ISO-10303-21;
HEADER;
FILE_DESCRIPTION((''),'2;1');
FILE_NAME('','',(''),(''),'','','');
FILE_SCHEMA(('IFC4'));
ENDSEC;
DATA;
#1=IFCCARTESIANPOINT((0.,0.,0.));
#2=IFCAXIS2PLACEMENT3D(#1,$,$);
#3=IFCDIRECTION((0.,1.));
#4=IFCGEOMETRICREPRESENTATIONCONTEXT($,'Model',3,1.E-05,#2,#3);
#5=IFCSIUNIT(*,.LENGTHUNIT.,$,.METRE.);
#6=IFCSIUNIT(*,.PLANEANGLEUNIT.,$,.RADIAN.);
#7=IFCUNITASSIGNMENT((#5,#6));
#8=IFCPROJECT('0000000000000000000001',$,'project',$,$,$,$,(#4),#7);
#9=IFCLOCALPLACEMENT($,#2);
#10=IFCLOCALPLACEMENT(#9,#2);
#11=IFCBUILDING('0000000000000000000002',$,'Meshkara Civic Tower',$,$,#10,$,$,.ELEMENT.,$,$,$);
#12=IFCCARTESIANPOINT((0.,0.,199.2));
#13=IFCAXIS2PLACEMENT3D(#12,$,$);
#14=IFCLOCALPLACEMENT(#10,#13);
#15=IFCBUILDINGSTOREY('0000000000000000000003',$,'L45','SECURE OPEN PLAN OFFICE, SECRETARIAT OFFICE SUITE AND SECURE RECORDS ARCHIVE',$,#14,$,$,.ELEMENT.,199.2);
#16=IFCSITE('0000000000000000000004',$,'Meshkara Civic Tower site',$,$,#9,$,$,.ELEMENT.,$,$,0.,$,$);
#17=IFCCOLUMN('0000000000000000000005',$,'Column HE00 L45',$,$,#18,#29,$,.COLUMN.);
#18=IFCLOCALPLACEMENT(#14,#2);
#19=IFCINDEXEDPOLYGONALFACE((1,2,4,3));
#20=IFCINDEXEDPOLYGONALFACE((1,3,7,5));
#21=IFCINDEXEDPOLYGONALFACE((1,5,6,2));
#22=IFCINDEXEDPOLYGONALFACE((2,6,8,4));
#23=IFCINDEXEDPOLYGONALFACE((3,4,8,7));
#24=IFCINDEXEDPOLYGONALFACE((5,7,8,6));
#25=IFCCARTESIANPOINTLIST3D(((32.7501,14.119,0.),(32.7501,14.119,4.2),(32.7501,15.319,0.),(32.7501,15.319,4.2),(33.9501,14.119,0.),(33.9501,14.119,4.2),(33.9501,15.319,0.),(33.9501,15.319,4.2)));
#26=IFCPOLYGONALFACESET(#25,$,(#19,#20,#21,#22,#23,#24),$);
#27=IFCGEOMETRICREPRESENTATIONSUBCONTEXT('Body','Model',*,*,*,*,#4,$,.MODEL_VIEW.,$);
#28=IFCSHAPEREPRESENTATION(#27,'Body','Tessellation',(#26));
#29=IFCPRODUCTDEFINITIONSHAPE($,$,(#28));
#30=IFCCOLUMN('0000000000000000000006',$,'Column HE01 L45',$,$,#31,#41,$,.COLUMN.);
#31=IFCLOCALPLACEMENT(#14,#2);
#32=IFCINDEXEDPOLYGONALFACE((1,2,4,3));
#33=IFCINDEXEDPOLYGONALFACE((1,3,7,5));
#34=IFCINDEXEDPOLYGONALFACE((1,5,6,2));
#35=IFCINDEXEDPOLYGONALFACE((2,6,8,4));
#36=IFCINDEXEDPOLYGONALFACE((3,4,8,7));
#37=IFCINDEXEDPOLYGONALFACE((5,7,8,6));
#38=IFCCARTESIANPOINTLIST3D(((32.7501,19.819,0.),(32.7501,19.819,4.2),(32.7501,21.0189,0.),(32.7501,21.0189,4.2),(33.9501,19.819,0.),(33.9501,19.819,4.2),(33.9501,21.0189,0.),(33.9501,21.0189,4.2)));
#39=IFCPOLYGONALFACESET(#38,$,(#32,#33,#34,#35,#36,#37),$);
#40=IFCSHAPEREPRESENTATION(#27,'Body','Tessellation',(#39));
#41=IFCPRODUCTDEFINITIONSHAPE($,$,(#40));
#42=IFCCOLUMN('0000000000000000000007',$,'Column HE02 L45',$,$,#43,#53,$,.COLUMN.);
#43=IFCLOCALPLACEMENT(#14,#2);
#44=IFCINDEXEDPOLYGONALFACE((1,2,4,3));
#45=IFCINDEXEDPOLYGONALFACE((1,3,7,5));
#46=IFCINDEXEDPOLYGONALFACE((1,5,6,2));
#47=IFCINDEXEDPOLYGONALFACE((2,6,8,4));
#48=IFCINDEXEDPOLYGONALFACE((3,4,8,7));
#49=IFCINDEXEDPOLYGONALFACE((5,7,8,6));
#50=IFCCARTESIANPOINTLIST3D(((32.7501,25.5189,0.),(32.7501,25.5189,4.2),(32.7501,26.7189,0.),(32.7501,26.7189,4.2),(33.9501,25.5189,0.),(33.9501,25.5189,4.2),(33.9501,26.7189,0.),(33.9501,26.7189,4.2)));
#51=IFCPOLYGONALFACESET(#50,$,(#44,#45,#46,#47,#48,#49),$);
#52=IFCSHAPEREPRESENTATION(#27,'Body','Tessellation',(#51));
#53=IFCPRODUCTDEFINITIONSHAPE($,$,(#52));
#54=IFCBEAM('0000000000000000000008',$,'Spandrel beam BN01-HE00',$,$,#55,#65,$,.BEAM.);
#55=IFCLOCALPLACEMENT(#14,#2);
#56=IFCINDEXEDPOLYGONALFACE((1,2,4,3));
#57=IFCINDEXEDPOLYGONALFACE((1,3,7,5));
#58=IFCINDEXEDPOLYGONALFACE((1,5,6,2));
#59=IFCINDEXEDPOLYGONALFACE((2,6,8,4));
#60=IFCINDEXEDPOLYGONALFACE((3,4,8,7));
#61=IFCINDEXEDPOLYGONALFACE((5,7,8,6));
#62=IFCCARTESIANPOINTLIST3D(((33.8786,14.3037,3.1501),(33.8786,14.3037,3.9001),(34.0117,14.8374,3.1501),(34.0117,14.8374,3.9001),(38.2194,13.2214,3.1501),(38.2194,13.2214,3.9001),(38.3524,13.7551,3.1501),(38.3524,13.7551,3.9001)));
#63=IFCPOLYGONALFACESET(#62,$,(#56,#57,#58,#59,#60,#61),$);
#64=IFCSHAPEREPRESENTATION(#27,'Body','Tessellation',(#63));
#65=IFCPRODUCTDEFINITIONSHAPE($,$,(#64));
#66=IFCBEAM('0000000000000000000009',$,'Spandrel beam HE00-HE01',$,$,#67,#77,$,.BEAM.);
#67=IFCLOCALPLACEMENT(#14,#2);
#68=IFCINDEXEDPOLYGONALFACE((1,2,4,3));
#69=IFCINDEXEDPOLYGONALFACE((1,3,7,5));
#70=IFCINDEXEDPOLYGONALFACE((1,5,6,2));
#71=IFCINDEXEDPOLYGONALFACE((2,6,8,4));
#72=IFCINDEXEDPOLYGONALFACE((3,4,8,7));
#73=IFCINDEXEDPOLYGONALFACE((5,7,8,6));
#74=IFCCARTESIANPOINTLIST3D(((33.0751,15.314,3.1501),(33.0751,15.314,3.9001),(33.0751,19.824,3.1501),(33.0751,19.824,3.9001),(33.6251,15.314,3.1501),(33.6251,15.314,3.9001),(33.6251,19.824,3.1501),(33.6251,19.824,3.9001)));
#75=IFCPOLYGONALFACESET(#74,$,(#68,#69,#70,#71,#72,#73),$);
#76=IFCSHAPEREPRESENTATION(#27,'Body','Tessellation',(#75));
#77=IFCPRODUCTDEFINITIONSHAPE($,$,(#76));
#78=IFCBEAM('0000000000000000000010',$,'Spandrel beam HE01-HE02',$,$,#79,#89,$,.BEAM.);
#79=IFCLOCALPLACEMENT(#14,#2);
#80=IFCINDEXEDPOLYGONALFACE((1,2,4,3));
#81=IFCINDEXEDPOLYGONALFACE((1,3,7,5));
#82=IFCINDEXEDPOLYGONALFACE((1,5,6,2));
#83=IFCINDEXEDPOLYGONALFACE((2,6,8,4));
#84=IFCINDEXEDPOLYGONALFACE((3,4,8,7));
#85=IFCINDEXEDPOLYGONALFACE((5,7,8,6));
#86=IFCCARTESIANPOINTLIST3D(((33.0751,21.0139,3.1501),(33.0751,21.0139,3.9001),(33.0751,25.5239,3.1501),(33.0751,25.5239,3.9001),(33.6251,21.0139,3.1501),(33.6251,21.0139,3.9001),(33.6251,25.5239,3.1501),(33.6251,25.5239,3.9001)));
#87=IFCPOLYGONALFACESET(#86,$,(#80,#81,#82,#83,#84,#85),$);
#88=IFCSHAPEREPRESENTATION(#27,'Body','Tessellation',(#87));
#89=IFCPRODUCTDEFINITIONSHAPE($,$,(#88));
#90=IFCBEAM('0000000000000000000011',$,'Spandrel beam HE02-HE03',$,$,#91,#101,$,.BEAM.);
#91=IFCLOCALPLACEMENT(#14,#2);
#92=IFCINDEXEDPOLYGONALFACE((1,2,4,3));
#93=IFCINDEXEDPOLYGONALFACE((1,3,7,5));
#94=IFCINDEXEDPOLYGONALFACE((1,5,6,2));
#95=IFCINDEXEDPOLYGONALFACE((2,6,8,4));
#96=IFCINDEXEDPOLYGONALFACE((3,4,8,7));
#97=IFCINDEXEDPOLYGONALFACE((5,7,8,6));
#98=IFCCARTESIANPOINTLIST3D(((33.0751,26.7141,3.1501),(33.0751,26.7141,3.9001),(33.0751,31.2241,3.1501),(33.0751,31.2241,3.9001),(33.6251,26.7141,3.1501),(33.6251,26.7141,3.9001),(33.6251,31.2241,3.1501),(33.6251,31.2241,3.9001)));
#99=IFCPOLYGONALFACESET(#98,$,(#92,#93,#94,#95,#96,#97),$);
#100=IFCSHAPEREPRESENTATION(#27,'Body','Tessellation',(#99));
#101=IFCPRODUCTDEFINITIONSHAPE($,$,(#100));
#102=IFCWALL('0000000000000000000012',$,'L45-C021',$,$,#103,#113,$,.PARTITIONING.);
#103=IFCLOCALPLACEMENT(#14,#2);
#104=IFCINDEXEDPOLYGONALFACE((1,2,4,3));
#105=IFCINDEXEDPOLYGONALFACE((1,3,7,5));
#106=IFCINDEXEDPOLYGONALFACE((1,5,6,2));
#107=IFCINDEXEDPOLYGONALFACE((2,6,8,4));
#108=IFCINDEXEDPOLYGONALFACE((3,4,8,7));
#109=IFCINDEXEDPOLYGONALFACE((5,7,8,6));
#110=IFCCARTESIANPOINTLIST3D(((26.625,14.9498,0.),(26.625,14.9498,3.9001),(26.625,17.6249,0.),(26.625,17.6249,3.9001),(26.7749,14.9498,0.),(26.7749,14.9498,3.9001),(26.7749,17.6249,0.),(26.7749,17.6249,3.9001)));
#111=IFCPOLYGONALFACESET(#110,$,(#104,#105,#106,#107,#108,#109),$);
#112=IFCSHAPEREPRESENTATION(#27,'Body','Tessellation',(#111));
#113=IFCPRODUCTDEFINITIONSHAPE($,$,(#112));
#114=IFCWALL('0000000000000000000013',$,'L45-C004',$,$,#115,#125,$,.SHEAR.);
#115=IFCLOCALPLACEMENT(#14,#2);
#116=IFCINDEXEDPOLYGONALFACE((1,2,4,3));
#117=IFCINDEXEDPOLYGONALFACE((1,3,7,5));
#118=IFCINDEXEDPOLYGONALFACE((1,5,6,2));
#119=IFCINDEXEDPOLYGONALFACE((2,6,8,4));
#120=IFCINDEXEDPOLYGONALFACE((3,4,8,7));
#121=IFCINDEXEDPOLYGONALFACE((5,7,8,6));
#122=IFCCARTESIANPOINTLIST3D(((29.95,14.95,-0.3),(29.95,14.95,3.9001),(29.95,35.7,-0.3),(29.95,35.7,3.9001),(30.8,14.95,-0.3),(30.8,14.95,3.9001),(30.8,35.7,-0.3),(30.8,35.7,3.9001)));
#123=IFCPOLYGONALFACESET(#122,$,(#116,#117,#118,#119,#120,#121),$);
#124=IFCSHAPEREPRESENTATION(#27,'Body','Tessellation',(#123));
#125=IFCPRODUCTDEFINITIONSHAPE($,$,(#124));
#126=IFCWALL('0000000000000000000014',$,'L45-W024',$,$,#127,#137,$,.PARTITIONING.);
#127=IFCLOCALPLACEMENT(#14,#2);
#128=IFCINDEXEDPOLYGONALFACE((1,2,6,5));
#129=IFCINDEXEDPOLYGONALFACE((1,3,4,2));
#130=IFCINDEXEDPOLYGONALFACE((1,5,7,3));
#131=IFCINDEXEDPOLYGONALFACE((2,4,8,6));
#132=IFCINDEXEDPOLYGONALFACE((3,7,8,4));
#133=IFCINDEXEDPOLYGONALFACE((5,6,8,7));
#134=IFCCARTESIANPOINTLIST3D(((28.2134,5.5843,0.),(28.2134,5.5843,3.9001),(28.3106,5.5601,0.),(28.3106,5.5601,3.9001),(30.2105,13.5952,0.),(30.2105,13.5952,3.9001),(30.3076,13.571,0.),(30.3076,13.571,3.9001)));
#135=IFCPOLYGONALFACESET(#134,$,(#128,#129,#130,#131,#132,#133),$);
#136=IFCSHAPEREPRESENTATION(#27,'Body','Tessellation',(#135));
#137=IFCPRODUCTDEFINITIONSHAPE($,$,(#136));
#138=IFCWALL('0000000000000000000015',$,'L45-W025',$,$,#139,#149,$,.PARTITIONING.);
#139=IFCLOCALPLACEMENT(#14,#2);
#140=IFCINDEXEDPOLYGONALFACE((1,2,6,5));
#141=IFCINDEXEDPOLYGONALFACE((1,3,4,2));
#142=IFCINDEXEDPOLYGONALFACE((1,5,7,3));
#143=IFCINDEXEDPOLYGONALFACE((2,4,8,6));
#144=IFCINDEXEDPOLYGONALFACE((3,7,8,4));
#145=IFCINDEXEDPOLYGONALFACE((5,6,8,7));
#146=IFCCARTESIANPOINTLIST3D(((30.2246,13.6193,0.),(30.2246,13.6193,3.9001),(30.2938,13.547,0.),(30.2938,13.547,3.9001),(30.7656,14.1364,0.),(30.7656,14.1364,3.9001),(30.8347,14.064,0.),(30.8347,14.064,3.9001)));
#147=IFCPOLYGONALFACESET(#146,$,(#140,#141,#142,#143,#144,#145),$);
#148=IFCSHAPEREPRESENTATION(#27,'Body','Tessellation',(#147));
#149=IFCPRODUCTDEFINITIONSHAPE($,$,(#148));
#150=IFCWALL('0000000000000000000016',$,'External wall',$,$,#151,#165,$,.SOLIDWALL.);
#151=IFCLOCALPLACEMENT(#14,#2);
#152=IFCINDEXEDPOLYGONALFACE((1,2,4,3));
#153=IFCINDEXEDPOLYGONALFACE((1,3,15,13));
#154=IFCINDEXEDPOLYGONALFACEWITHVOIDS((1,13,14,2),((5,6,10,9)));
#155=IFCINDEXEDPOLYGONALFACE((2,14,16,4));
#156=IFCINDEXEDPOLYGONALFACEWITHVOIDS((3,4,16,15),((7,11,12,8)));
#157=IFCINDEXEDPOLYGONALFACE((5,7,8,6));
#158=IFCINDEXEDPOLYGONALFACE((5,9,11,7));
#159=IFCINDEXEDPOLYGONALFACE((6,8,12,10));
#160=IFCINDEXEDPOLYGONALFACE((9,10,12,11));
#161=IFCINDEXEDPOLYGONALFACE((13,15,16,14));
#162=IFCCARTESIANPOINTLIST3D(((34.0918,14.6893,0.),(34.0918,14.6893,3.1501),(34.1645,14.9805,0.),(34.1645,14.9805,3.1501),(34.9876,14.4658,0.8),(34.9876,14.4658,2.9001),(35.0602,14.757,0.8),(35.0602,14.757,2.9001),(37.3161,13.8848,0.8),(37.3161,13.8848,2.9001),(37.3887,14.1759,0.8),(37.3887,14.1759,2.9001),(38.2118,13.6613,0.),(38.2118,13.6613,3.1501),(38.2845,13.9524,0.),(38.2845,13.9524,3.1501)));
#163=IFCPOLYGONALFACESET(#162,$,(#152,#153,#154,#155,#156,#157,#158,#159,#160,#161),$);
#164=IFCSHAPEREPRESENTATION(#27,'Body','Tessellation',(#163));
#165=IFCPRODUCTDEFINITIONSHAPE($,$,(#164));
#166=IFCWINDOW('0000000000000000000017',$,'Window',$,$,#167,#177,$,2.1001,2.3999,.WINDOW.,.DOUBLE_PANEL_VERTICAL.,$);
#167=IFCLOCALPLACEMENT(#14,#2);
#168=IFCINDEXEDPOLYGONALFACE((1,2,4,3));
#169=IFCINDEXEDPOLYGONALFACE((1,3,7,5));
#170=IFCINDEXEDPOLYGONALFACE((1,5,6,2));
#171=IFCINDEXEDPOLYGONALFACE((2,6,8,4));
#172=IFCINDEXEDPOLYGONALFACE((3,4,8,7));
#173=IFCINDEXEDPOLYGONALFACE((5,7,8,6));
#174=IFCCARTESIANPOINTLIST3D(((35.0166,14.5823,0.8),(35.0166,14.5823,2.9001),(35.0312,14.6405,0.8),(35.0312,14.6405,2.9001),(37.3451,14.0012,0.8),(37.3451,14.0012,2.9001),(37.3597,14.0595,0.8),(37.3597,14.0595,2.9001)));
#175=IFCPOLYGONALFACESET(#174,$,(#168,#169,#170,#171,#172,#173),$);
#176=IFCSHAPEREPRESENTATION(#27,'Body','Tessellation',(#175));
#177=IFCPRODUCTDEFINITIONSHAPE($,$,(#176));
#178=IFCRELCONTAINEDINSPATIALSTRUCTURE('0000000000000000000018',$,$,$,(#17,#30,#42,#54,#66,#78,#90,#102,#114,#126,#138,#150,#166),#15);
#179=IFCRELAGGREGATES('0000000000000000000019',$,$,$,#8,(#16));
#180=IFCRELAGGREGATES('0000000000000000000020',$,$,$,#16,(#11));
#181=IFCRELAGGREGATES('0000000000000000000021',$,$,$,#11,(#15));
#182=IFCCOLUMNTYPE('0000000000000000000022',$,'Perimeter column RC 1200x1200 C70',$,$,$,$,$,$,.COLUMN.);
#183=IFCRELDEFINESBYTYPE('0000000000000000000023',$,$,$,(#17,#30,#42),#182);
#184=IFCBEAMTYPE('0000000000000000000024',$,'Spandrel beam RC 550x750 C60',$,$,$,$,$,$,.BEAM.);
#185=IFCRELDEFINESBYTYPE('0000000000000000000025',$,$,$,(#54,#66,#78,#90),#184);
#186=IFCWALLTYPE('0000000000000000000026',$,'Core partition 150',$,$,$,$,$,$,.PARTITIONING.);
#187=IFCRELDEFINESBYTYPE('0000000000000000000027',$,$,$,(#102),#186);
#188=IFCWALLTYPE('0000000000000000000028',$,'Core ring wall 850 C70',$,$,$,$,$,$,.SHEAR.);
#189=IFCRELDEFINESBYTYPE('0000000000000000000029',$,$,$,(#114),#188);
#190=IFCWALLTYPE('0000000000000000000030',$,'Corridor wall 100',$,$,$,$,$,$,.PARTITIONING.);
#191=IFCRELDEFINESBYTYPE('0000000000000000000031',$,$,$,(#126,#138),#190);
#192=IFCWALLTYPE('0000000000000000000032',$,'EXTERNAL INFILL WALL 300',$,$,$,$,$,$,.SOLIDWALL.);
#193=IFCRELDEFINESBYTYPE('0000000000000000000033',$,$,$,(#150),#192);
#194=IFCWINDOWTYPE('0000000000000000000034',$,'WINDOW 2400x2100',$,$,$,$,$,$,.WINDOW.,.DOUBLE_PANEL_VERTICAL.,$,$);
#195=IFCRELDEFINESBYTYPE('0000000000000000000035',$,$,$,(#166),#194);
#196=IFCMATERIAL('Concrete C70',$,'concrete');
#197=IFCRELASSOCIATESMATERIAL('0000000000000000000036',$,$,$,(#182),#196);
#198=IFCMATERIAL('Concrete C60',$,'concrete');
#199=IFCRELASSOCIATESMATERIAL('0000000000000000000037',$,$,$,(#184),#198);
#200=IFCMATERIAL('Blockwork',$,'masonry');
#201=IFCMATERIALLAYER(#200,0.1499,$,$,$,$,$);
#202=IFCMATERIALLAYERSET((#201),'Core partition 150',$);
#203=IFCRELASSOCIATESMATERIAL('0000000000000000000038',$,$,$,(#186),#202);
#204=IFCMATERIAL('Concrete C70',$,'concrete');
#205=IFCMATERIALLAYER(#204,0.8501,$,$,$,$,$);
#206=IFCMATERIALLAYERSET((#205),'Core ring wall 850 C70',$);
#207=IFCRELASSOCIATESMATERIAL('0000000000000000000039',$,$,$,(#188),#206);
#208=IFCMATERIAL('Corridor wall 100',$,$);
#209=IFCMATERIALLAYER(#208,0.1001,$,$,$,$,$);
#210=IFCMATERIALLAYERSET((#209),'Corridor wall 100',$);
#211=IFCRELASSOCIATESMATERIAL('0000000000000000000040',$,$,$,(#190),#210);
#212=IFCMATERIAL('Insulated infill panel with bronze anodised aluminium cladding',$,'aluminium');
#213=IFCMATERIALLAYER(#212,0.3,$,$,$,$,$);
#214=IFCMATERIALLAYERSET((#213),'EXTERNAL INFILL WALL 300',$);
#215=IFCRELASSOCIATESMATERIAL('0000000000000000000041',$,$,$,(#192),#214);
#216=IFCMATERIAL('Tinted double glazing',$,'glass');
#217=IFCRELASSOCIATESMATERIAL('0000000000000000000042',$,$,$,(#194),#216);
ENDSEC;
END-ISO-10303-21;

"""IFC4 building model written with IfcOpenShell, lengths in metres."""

from ifc_helpers import new_model, si_unit, direction, frame, frame_2d, origin, origin_2d, place, context, subcontext, project, spatial, rectangle, extrude, material, layer, layer_set, material_profile, profile_set, type_object, element, fill, save


model = new_model("IFC4")

# Units and contexts
model_context = context("Model", 3, precision=1e-05, world=origin(), true_north=direction((0.0, 1.0)))
body_context = subcontext(model_context, "Body", "Model", "MODEL_VIEW")
ifc_project = project(units=[si_unit("LENGTHUNIT", "METRE"), si_unit("PLANEANGLEUNIT", "RADIAN")], contexts=[model_context])

# Site, building, storey
site_placement = place(None, origin())
site = spatial("IfcSite", under=ifc_project, at=site_placement, Name="Meshkara Civic Tower site", CompositionType="ELEMENT", RefElevation=0.0)
building_placement = place(site_placement, origin())
building = spatial("IfcBuilding", under=site, at=building_placement, Name="Meshkara Civic Tower", CompositionType="ELEMENT")
storey_placement = place(building_placement, frame((0.0, 0.0, 199.2)))
storey = spatial("IfcBuildingStorey", under=building, at=storey_placement, Name="L45", Description="SECURE OPEN PLAN OFFICE, SECRETARIAT OFFICE SUITE AND SECURE RECORDS ARCHIVE", CompositionType="ELEMENT", Elevation=199.2)

# Columns
ifc_material_1 = material(Name="Concrete C70", Category="concrete")
ifc_material_profile_1 = material_profile(ifc_material_1, rectangle(XDim=1.2, YDim=1.2, at=origin_2d()))
ifc_profile_set_1 = profile_set([ifc_material_profile_1], Name="Concrete C70")
column_type = type_object("IfcColumnType", Name="Perimeter column RC 1200x1200 C70", PredefinedType="COLUMN", material=ifc_profile_set_1)
for number, where, z_axis, x_axis, name in (
    (1, (33.3501, 14.719, 0.0), (0.0, 0.0, 1.0), (1.0, 0.0, 0.0), "Column HE00 L45"),
    (2, (33.3501, 20.4189, 0.0), (0.0, 0.0, 1.0), (1.0, 0.0, 0.0), "Column HE01 L45"),
    (3, (33.3501, 26.1189, 0.0), (0.0, 0.0, 1.0), (1.0, 0.0, 0.0), "Column HE02 L45"),
):
    element("IfcColumn", number, at=place(storey_placement, frame(where, z_axis=z_axis, x_axis=x_axis)), inside=storey, type_object=column_type, Name=name, PredefinedType="COLUMN", context=body_context, shape_type="SweptSolid", body=[
        extrude(rectangle(XDim=1.2, YDim=1.2, at=origin_2d()), origin(), (0.0, 0.0, 1.0), 4.2),
    ])

# Beams
ifc_material_2 = material(Name="Concrete C60", Category="concrete")
ifc_material_profile_2 = material_profile(ifc_material_2, rectangle(XDim=0.55, YDim=0.75, at=origin_2d()))
ifc_profile_set_2 = profile_set([ifc_material_profile_2], Name="Concrete C60")
beam_type = type_object("IfcBeamType", Name="Spandrel beam RC 550x750 C60", PredefinedType="BEAM", material=ifc_profile_set_2)
beam_placement = place(storey_placement, frame((38.2859, 13.4883, 3.5251), z_axis=(-0.970296, 0.241919, 0.0), x_axis=(-0.241919, -0.970296, 0.0)))
element("IfcBeam", 4, at=beam_placement, inside=storey, type_object=beam_type, Name="Spandrel beam BN01-HE00", PredefinedType="BEAM", context=body_context, shape_type="SweptSolid", body=[
    extrude(rectangle(XDim=0.55, YDim=0.75, at=origin_2d()), origin(), (0.0, 0.0, 1.0), 4.4736),
])
for number, where, z_axis, x_axis, name in (
    (5, (33.3501, 15.314, 3.5251), (0.0, 1.0, 0.0), (-1.0, 0.0, 0.0), "Spandrel beam HE00-HE01"),
    (6, (33.3501, 21.0139, 3.5251), (0.0, 1.0, 0.0), (-1.0, 0.0, 0.0), "Spandrel beam HE01-HE02"),
    (7, (33.3501, 26.7141, 3.5251), (0.0, 1.0, 0.0), (-1.0, 0.0, 0.0), "Spandrel beam HE02-HE03"),
):
    element("IfcBeam", number, at=place(storey_placement, frame(where, z_axis=z_axis, x_axis=x_axis)), inside=storey, type_object=beam_type, Name=name, PredefinedType="BEAM", context=body_context, shape_type="SweptSolid", body=[
        extrude(rectangle(XDim=0.55, YDim=0.75, at=origin_2d()), origin(), (0.0, 0.0, 1.0), 4.51),
    ])

# Walls
ifc_material_3 = material(Name="Blockwork", Category="masonry")
ifc_layer_1 = layer(ifc_material_3, 0.1499)
ifc_layer_set_1 = layer_set([ifc_layer_1], Name="Core partition 150")
wall_type_1 = type_object("IfcWallType", Name="Core partition 150", PredefinedType="PARTITIONING", material=ifc_layer_set_1)
wall_1_placement = place(storey_placement, frame((26.7, 14.95, 0.0), z_axis=(0.0, 0.0, 1.0), x_axis=(0.0, 1.0, 0.0)))
element("IfcWall", 8, at=wall_1_placement, inside=storey, type_object=wall_type_1, Name="L45-C021", PredefinedType="PARTITIONING", context=body_context, shape_type="SweptSolid", body=[
    extrude(rectangle(XDim=2.675, YDim=0.1499, at=frame_2d((1.3374, 0.0))), origin(), (0.0, 0.0, 1.0), 3.9001),
])
ifc_material_4 = material(Name="Concrete C70", Category="concrete")
ifc_layer_2 = layer(ifc_material_4, 0.8501)
ifc_layer_set_2 = layer_set([ifc_layer_2], Name="Core ring wall 850 C70")
wall_type_2 = type_object("IfcWallType", Name="Core ring wall 850 C70", PredefinedType="SHEAR", material=ifc_layer_set_2)
wall_2_placement = place(storey_placement, frame((30.375, 14.95, -0.3), z_axis=(0.0, 0.0, 1.0), x_axis=(0.0, 1.0, 0.0)))
element("IfcWall", 9, at=wall_2_placement, inside=storey, type_object=wall_type_2, Name="L45-C004", PredefinedType="SHEAR", context=body_context, shape_type="SweptSolid", body=[
    extrude(rectangle(XDim=20.75, YDim=0.8501, at=frame_2d((10.375, 0.0))), origin(), (0.0, 0.0, 1.0), 4.2002),
])
ifc_material_5 = material(Name="Corridor wall 100")
ifc_layer_3 = layer(ifc_material_5, 0.1001)
ifc_layer_set_3 = layer_set([ifc_layer_3], Name="Corridor wall 100")
wall_type_3 = type_object("IfcWallType", Name="Corridor wall 100", PredefinedType="PARTITIONING", material=ifc_layer_set_3)
wall_3_placement = place(storey_placement, frame((30.259, 13.583, 0.0), z_axis=(0.0, 0.0, 1.0), x_axis=(-0.241888, -0.970304, 0.0)))
element("IfcWall", 10, at=wall_3_placement, inside=storey, type_object=wall_type_3, Name="L45-W024", PredefinedType="PARTITIONING", context=body_context, shape_type="SweptSolid", body=[
    extrude(rectangle(XDim=8.2561, YDim=0.1001, at=frame_2d((4.1279, 0.0))), origin(), (0.0, 0.0, 1.0), 3.9001),
])
wall_4_placement = place(storey_placement, frame((30.8, 14.1001, 0.0), z_axis=(0.0, 0.0, 1.0), x_axis=(-0.722911, -0.690941, 0.0)))
element("IfcWall", 11, at=wall_4_placement, inside=storey, type_object=wall_type_3, Name="L45-W025", PredefinedType="PARTITIONING", context=body_context, shape_type="SweptSolid", body=[
    extrude(rectangle(XDim=0.7483, YDim=0.1001, at=frame_2d((0.374, 0.0))), origin(), (0.0, 0.0, 1.0), 3.9001),
])

# Wall, opening, window
ifc_material_6 = material(Name="Insulated infill panel with bronze anodised aluminium cladding", Category="aluminium")
ifc_layer_4 = layer(ifc_material_6, 0.3)
ifc_layer_set_4 = layer_set([ifc_layer_4], Name="EXTERNAL INFILL WALL 300")
wall_type_4 = type_object("IfcWallType", Name="EXTERNAL INFILL WALL 300", PredefinedType="SOLIDWALL", material=ifc_layer_set_4)
wall_5_placement = place(storey_placement, frame((38.248, 13.8069, 0.0), z_axis=(0.0, 0.0, 1.0), x_axis=(-0.970251, 0.242103, 0.0)))
wall_5 = element("IfcWall", 12, at=wall_5_placement, inside=storey, type_object=wall_type_4, Name="External wall", PredefinedType="SOLIDWALL", context=body_context, shape_type="SweptSolid", body=[
    extrude(rectangle(XDim=4.2463, YDim=0.3, at=frame_2d((2.123, 0.0))), origin(), (0.0, 0.0, 1.0), 3.1501),
])
opening_1_placement = place(wall_5_placement, frame((0.9231, 0.0, 0.8)))
opening_1 = element("IfcOpeningElement", 13, at=opening_1_placement, cuts=wall_5, PredefinedType="OPENING", context=body_context, shape_type="SweptSolid", body=[
    extrude(rectangle(XDim=2.3999, YDim=2.1001, at=frame_2d((1.2, 1.05))), frame((0.0, 0.1599, 0.0), z_axis=(0.0, -1.0, 0.0), x_axis=(1.0, 0.0, 0.0)), (0.0, 0.0, 1.0), 0.3201),
])
ifc_material_7 = material(Name="Tinted double glazing", Category="glass")
window_type = type_object("IfcWindowType", Name="WINDOW 2400x2100", PartitioningType="DOUBLE_PANEL_VERTICAL", PredefinedType="WINDOW", material=ifc_material_7)
window_1_placement = place(opening_1_placement, origin())
window_1 = element("IfcWindow", 14, at=window_1_placement, inside=storey, type_object=window_type, Name="Window", OverallHeight=2.1001, OverallWidth=2.3999, PartitioningType="DOUBLE_PANEL_VERTICAL", PredefinedType="WINDOW", context=body_context, shape_type="SweptSolid", body=[
    extrude(rectangle(XDim=2.3999, YDim=2.1001, at=frame_2d((1.2, 1.05))), frame((0.0, 0.03, 0.0), z_axis=(0.0, -1.0, 0.0), x_axis=(1.0, 0.0, 0.0)), (0.0, 0.0, 1.0), 0.0601),
])
fill(opening_1, window_1)

save(model, "model.ifc")
